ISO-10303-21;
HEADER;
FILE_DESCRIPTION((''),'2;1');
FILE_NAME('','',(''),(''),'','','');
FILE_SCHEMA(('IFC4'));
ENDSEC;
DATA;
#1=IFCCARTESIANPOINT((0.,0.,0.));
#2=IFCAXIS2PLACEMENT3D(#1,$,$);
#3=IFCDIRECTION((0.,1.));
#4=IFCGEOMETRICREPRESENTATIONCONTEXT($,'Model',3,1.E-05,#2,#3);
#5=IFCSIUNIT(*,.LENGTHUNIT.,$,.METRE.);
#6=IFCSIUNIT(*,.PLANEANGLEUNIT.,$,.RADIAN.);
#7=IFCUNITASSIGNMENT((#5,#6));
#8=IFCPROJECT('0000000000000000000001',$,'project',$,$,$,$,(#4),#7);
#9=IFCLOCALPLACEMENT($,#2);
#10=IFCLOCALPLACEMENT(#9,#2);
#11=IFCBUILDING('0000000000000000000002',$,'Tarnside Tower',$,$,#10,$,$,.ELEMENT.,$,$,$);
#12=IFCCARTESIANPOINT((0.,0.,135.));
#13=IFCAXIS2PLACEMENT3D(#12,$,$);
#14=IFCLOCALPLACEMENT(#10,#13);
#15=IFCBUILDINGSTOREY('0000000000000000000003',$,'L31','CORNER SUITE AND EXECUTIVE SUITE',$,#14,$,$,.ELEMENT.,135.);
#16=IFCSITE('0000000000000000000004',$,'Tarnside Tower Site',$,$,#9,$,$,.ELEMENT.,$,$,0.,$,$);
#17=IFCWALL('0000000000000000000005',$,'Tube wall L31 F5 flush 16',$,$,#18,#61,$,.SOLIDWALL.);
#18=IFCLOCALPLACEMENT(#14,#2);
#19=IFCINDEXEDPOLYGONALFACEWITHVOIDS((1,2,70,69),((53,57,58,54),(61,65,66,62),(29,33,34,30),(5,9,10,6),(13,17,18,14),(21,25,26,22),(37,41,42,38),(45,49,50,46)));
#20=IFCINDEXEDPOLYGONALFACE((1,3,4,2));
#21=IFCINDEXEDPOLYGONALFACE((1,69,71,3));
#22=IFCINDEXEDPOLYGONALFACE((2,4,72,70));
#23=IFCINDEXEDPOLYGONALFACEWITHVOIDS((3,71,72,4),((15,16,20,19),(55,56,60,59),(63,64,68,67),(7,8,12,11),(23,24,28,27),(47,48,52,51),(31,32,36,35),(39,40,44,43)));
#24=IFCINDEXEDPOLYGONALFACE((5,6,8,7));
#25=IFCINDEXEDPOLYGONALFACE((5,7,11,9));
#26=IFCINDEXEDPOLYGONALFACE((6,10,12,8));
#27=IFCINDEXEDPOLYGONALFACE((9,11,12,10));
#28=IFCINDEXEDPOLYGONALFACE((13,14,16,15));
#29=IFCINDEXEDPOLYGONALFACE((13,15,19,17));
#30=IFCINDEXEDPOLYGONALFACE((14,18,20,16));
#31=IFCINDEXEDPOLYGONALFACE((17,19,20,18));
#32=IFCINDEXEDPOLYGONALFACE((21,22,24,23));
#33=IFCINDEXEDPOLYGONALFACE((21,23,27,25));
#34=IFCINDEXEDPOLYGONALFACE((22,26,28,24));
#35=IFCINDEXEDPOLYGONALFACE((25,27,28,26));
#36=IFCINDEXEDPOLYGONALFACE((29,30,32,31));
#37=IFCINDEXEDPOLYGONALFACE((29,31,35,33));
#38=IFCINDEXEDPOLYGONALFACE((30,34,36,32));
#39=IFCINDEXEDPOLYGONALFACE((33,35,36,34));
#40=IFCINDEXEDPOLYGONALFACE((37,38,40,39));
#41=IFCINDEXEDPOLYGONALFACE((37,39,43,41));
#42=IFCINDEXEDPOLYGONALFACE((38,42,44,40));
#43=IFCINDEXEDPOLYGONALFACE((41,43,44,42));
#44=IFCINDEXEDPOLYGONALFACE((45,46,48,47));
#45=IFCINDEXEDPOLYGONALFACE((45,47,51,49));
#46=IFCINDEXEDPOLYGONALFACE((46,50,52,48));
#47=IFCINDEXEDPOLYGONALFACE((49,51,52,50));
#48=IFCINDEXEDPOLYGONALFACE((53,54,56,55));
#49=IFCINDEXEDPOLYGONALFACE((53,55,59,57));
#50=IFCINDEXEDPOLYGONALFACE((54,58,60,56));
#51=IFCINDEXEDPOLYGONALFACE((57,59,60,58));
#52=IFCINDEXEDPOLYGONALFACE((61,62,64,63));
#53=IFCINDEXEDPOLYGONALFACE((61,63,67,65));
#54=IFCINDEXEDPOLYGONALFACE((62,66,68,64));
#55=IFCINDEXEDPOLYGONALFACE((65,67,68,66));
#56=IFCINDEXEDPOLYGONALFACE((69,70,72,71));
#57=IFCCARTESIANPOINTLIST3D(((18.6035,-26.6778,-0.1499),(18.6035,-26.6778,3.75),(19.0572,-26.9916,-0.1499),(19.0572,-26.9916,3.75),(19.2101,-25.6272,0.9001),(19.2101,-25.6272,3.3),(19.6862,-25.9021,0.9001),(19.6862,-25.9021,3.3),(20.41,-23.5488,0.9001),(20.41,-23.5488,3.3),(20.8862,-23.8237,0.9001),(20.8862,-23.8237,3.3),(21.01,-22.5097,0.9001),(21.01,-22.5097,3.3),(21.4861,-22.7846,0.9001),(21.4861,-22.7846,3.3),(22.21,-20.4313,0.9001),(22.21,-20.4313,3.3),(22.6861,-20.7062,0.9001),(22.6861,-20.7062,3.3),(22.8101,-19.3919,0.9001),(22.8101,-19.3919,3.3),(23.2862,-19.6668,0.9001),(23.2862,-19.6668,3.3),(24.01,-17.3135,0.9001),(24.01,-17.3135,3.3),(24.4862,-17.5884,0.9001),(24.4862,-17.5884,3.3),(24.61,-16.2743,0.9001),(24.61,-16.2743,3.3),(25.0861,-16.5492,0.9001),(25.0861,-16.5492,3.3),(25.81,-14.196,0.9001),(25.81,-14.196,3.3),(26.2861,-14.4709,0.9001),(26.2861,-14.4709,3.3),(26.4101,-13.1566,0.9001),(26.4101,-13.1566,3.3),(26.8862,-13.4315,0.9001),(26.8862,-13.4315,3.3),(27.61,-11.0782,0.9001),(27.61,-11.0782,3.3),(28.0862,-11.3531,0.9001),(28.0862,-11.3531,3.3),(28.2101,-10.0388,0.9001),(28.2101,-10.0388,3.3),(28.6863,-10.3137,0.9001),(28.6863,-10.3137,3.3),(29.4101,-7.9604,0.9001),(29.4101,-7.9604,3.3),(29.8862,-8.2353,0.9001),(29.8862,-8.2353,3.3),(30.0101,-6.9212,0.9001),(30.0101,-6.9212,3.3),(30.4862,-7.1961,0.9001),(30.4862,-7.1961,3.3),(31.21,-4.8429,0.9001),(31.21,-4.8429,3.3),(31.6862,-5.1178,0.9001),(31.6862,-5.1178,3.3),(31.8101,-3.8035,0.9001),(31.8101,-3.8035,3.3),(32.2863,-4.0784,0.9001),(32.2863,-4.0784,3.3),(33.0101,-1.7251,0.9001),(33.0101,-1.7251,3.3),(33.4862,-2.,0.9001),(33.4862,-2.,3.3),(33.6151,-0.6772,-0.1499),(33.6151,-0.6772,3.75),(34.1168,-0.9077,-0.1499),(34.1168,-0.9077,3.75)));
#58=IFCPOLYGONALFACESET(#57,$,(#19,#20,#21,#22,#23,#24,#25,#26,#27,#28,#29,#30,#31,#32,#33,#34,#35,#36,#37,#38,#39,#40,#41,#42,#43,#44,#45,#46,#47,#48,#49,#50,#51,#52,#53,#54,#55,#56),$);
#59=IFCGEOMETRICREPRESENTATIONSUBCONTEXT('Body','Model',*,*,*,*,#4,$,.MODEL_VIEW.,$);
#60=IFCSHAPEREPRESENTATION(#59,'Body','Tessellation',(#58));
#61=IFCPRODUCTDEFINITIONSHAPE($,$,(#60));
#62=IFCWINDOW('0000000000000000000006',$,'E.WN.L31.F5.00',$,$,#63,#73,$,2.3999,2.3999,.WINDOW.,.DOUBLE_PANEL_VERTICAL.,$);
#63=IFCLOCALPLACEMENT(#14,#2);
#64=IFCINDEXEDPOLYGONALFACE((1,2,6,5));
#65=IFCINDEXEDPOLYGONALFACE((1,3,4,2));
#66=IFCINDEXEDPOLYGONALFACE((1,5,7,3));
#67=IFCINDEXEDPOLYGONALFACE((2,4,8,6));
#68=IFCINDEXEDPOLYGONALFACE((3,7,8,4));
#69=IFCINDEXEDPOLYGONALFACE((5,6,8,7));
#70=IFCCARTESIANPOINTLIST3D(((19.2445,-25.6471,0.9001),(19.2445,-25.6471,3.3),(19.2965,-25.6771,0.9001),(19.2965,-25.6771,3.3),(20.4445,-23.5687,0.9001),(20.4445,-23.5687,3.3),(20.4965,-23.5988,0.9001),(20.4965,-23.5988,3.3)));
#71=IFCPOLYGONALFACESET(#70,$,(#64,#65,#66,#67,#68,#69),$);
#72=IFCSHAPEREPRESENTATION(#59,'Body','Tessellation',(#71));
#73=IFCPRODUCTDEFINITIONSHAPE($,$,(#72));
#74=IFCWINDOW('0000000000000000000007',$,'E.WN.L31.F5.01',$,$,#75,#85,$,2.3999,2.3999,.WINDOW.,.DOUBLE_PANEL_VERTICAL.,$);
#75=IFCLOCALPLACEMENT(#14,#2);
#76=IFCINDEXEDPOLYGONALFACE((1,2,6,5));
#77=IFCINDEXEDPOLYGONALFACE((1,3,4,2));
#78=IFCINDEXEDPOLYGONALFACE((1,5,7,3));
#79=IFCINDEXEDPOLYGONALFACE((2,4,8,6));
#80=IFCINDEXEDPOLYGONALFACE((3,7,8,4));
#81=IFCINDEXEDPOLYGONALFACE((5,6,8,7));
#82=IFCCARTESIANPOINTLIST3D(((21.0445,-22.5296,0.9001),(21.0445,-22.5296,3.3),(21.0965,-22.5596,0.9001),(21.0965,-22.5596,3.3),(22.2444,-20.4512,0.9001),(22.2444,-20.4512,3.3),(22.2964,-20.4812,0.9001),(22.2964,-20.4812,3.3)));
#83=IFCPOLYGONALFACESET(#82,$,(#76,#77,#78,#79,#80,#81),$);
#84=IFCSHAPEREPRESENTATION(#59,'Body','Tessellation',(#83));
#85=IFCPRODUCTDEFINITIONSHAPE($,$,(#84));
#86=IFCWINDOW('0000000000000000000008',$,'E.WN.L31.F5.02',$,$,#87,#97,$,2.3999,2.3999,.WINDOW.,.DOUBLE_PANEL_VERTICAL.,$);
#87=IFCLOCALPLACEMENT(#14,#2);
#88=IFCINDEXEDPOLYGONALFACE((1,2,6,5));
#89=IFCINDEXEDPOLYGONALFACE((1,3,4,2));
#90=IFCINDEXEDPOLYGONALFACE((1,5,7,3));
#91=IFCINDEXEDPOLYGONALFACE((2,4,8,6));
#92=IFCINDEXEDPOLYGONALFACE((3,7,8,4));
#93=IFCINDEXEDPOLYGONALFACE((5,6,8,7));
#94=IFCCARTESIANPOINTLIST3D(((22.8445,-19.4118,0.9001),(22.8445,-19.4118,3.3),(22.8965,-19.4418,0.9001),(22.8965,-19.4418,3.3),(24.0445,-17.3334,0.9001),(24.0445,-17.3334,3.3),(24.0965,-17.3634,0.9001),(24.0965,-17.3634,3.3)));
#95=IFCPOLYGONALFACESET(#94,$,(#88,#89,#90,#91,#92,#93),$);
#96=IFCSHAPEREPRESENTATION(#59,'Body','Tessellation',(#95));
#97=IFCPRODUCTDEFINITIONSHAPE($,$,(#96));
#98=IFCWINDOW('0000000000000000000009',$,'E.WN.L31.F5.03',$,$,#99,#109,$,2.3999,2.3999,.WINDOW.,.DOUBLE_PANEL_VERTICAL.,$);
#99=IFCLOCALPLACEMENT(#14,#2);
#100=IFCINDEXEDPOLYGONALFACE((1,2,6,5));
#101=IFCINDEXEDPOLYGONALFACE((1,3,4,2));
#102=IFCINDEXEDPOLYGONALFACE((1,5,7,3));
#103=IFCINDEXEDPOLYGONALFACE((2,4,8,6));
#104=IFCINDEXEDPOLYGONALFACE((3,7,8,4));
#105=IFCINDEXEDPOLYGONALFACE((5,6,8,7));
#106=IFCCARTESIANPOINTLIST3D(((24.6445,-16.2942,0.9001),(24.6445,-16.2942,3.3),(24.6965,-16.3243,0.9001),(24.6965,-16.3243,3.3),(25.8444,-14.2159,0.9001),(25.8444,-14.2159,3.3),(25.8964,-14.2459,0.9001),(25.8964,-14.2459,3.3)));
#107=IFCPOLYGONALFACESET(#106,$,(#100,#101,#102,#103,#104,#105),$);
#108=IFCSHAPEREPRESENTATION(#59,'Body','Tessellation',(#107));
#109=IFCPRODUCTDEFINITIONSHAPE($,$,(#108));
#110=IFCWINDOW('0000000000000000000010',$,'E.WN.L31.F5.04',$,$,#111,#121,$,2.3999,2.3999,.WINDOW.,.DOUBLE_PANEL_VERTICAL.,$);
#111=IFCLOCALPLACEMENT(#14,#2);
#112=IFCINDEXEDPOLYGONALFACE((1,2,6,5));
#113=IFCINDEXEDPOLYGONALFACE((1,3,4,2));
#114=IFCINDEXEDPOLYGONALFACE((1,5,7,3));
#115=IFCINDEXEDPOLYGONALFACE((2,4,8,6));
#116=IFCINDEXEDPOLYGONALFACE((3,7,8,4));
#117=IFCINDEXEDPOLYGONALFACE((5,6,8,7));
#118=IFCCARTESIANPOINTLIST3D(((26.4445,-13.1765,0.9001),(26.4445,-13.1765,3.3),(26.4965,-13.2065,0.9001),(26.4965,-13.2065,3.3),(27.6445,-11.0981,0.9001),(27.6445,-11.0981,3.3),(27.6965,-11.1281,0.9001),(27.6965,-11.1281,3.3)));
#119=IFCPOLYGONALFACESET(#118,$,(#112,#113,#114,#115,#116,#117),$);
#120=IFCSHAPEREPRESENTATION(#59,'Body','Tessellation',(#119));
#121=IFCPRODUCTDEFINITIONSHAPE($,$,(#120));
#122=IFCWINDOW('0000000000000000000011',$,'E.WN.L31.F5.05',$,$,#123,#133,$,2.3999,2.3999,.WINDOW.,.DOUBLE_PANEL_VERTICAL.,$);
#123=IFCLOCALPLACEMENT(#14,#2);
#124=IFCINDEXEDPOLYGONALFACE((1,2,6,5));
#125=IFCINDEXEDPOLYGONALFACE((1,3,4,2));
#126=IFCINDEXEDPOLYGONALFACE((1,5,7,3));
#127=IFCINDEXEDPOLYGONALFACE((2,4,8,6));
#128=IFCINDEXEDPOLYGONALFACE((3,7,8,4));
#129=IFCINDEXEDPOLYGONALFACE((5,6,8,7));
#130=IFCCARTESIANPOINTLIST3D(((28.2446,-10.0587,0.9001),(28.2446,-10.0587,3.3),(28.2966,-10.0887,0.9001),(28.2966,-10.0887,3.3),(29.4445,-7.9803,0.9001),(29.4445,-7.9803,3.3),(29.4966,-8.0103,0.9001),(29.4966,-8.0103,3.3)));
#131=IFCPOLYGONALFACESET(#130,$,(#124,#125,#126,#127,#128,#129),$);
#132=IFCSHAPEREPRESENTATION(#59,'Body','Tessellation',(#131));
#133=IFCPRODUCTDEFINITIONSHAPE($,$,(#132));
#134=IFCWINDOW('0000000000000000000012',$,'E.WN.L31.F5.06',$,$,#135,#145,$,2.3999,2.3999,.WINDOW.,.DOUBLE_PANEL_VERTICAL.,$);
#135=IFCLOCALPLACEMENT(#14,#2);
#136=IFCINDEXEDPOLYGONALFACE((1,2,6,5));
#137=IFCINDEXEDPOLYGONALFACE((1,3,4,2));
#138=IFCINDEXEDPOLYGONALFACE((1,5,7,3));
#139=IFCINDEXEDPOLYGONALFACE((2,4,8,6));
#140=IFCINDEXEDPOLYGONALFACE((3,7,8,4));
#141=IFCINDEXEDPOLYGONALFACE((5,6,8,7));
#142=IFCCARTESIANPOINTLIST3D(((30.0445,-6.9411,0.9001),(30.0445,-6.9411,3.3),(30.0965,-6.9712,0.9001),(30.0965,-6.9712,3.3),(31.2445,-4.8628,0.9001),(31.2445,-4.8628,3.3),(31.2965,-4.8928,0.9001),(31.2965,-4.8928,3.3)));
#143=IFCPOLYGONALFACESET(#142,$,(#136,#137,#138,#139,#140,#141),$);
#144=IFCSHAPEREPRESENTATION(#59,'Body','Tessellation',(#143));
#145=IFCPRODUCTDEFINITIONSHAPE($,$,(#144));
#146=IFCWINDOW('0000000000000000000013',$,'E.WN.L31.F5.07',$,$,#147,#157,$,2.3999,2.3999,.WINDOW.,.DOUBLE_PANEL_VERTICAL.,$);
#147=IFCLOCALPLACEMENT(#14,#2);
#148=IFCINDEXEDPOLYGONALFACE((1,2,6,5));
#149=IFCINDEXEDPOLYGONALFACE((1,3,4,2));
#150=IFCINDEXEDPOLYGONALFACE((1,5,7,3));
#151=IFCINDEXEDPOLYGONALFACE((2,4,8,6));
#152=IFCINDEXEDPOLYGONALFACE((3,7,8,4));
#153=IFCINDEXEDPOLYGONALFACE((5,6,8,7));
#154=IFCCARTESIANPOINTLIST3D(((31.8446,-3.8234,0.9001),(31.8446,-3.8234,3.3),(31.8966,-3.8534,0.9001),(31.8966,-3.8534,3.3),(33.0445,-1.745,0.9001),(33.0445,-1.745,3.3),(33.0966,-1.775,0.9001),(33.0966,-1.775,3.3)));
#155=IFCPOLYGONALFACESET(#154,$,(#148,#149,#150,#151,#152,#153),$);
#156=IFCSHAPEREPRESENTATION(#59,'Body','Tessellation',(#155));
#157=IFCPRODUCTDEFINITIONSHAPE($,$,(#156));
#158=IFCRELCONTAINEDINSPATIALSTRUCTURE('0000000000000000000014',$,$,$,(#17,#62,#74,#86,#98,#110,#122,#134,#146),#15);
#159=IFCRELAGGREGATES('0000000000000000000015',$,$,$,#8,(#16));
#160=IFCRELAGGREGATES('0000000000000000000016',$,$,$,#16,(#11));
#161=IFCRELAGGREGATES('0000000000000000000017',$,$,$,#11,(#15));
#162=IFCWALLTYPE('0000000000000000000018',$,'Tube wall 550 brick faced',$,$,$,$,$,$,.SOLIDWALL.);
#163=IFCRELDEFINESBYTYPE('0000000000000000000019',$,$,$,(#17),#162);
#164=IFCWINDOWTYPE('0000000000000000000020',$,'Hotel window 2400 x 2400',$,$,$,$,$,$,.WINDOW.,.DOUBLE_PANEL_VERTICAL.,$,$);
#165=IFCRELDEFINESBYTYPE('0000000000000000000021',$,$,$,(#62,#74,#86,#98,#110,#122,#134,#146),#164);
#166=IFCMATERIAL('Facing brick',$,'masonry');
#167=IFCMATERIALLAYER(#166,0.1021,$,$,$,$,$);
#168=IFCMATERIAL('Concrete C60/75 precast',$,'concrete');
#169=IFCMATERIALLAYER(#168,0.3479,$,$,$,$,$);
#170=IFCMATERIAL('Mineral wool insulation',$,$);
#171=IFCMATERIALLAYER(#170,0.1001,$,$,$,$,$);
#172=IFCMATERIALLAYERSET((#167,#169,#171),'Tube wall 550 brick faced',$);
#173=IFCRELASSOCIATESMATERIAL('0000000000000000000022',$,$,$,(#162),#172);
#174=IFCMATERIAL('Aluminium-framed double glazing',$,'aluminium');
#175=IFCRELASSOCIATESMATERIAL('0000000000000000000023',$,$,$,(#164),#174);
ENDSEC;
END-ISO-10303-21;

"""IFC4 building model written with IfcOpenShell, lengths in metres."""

from ifc_helpers import new_model, si_unit, direction, frame, frame_2d, origin, place, context, subcontext, project, spatial, polyline, rectangle, outline, extrude, material, layer, layer_set, type_object, element, fill, save


model = new_model("IFC4")

# Units and contexts
model_context = context("Model", 3, precision=1e-05, world=origin(), true_north=direction((0.0, 1.0)))
body_context = subcontext(model_context, "Body", "Model", "MODEL_VIEW")
ifc_project = project(units=[si_unit("LENGTHUNIT", "METRE"), si_unit("PLANEANGLEUNIT", "RADIAN")], contexts=[model_context])

# Site, building, storey
site_placement = place(None, origin())
site = spatial("IfcSite", under=ifc_project, at=site_placement, Name="Tarnside Tower Site", CompositionType="ELEMENT", RefElevation=0.0)
building_placement = place(site_placement, origin())
building = spatial("IfcBuilding", under=site, at=building_placement, Name="Tarnside Tower", CompositionType="ELEMENT")
storey_placement = place(building_placement, frame((0.0, 0.0, 135.0)))
storey = spatial("IfcBuildingStorey", under=building, at=storey_placement, Name="L31", Description="CORNER SUITE AND EXECUTIVE SUITE", CompositionType="ELEMENT", Elevation=135.0)

# Shared definitions
ifc_material_1 = material(Name="Facing brick", Category="masonry")
ifc_layer_1 = layer(ifc_material_1, 0.1021)
ifc_material_2 = material(Name="Concrete C60/75 precast", Category="concrete")
ifc_layer_2 = layer(ifc_material_2, 0.3479)
ifc_material_3 = material(Name="Mineral wool insulation")
ifc_layer_3 = layer(ifc_material_3, 0.1001)
ifc_layer_set_1 = layer_set([ifc_layer_1, ifc_layer_2, ifc_layer_3], Name="Tube wall 550 brick faced")
wall_type = type_object("IfcWallType", Name="Tube wall 550 brick faced", PredefinedType="SOLIDWALL", material=ifc_layer_set_1)

# Wall, openings, windows
wall_1_placement = place(storey_placement, frame((18.8303, -26.8347, -0.1499), z_axis=(0.0, 0.0, 1.0), x_axis=(0.500004, 0.866023, 0.0)))
wall_1 = element("IfcWall", 1, at=wall_1_placement, inside=storey, type_object=wall_type, Name="Tube wall L31 F5 flush 16", PredefinedType="SOLIDWALL", context=body_context, shape_type="SweptSolid", body=[
    extrude(outline(polyline([(-0.0225, -0.2749), (30.0967, -0.2749), (30.0454, 0.2749), (0.0225, 0.2749), (-0.0225, -0.2749)])), origin(), (0.0, 0.0, 1.0), 3.8999),
])
opening_1_placement = place(wall_1_placement, frame((1.2356, 0.0, 1.05)))
opening_1 = element("IfcOpeningElement", 2, at=opening_1_placement, cuts=wall_1, PredefinedType="OPENING", context=body_context, shape_type="SweptSolid", body=[
    extrude(rectangle(XDim=2.3999, YDim=2.3999, at=frame_2d((1.2, 1.2))), frame((0.0, 0.2852, 0.0), z_axis=(0.0, -1.0, 0.0), x_axis=(1.0, 0.0, 0.0)), (0.0, 0.0, 1.0), 0.5701),
])
opening_2_placement = place(wall_1_placement, frame((4.8354, 0.0, 1.05)))
opening_2 = element("IfcOpeningElement", 3, at=opening_2_placement, cuts=wall_1, PredefinedType="OPENING", context=body_context, shape_type="SweptSolid", body=[
    extrude(rectangle(XDim=2.3999, YDim=2.3999, at=frame_2d((1.2, 1.2))), frame((0.0, 0.2852, 0.0), z_axis=(0.0, -1.0, 0.0), x_axis=(1.0, 0.0, 0.0)), (0.0, 0.0, 1.0), 0.5701),
])
opening_3_placement = place(wall_1_placement, frame((8.4355, 0.0, 1.05)))
opening_3 = element("IfcOpeningElement", 4, at=opening_3_placement, cuts=wall_1, PredefinedType="OPENING", context=body_context, shape_type="SweptSolid", body=[
    extrude(rectangle(XDim=2.3999, YDim=2.3999, at=frame_2d((1.2, 1.2))), frame((0.0, 0.2852, 0.0), z_axis=(0.0, -1.0, 0.0), x_axis=(1.0, 0.0, 0.0)), (0.0, 0.0, 1.0), 0.5701),
])
opening_4_placement = place(wall_1_placement, frame((12.0354, 0.0, 1.05)))
opening_4 = element("IfcOpeningElement", 5, at=opening_4_placement, cuts=wall_1, PredefinedType="OPENING", context=body_context, shape_type="SweptSolid", body=[
    extrude(rectangle(XDim=2.3999, YDim=2.3999, at=frame_2d((1.2, 1.2))), frame((0.0, 0.2852, 0.0), z_axis=(0.0, -1.0, 0.0), x_axis=(1.0, 0.0, 0.0)), (0.0, 0.0, 1.0), 0.5701),
])
opening_5_placement = place(wall_1_placement, frame((15.6355, 0.0, 1.05)))
opening_5 = element("IfcOpeningElement", 6, at=opening_5_placement, cuts=wall_1, PredefinedType="OPENING", context=body_context, shape_type="SweptSolid", body=[
    extrude(rectangle(XDim=2.3999, YDim=2.3999, at=frame_2d((1.2, 1.2))), frame((0.0, 0.2852, 0.0), z_axis=(0.0, -1.0, 0.0), x_axis=(1.0, 0.0, 0.0)), (0.0, 0.0, 1.0), 0.5701),
])
opening_6_placement = place(wall_1_placement, frame((19.2356, 0.0, 1.05)))
opening_6 = element("IfcOpeningElement", 7, at=opening_6_placement, cuts=wall_1, PredefinedType="OPENING", context=body_context, shape_type="SweptSolid", body=[
    extrude(rectangle(XDim=2.3999, YDim=2.3999, at=frame_2d((1.2, 1.2))), frame((0.0, 0.2852, 0.0), z_axis=(0.0, -1.0, 0.0), x_axis=(1.0, 0.0, 0.0)), (0.0, 0.0, 1.0), 0.5701),
])
opening_7_placement = place(wall_1_placement, frame((22.8354, 0.0, 1.05)))
opening_7 = element("IfcOpeningElement", 8, at=opening_7_placement, cuts=wall_1, PredefinedType="OPENING", context=body_context, shape_type="SweptSolid", body=[
    extrude(rectangle(XDim=2.3999, YDim=2.3999, at=frame_2d((1.2, 1.2))), frame((0.0, 0.2852, 0.0), z_axis=(0.0, -1.0, 0.0), x_axis=(1.0, 0.0, 0.0)), (0.0, 0.0, 1.0), 0.5701),
])
opening_8_placement = place(wall_1_placement, frame((26.4355, 0.0, 1.05)))
opening_8 = element("IfcOpeningElement", 9, at=opening_8_placement, cuts=wall_1, PredefinedType="OPENING", context=body_context, shape_type="SweptSolid", body=[
    extrude(rectangle(XDim=2.3999, YDim=2.3999, at=frame_2d((1.2, 1.2))), frame((0.0, 0.2852, 0.0), z_axis=(0.0, -1.0, 0.0), x_axis=(1.0, 0.0, 0.0)), (0.0, 0.0, 1.0), 0.5701),
])
ifc_material_4 = material(Name="Aluminium-framed double glazing", Category="aluminium")
window_type = type_object("IfcWindowType", Name="Hotel window 2400 x 2400", PartitioningType="DOUBLE_PANEL_VERTICAL", PredefinedType="WINDOW", material=ifc_material_4)
window_1_placement = place(opening_1_placement, frame((0.0, 0.2051, 0.0)))
window_1 = element("IfcWindow", 10, at=window_1_placement, inside=storey, type_object=window_type, Name="E.WN.L31.F5.00", OverallHeight=2.3999, OverallWidth=2.3999, PartitioningType="DOUBLE_PANEL_VERTICAL", PredefinedType="WINDOW", context=body_context, shape_type="SweptSolid", body=[
    extrude(rectangle(XDim=2.3999, YDim=2.3999, at=frame_2d((1.2, 1.2))), frame((0.0, 0.03, 0.0), z_axis=(0.0, -1.0, 0.0), x_axis=(1.0, 0.0, 0.0)), (0.0, 0.0, 1.0), 0.0601),
])
fill(opening_1, window_1)
window_2_placement = place(opening_2_placement, frame((0.0, 0.2051, 0.0)))
window_2 = element("IfcWindow", 11, at=window_2_placement, inside=storey, type_object=window_type, Name="E.WN.L31.F5.01", OverallHeight=2.3999, OverallWidth=2.3999, PartitioningType="DOUBLE_PANEL_VERTICAL", PredefinedType="WINDOW", context=body_context, shape_type="SweptSolid", body=[
    extrude(rectangle(XDim=2.3999, YDim=2.3999, at=frame_2d((1.2, 1.2))), frame((0.0, 0.03, 0.0), z_axis=(0.0, -1.0, 0.0), x_axis=(1.0, 0.0, 0.0)), (0.0, 0.0, 1.0), 0.0601),
])
fill(opening_2, window_2)
window_3_placement = place(opening_3_placement, frame((0.0, 0.2051, 0.0)))
window_3 = element("IfcWindow", 12, at=window_3_placement, inside=storey, type_object=window_type, Name="E.WN.L31.F5.02", OverallHeight=2.3999, OverallWidth=2.3999, PartitioningType="DOUBLE_PANEL_VERTICAL", PredefinedType="WINDOW", context=body_context, shape_type="SweptSolid", body=[
    extrude(rectangle(XDim=2.3999, YDim=2.3999, at=frame_2d((1.2, 1.2))), frame((0.0, 0.03, 0.0), z_axis=(0.0, -1.0, 0.0), x_axis=(1.0, 0.0, 0.0)), (0.0, 0.0, 1.0), 0.0601),
])
fill(opening_3, window_3)
window_4_placement = place(opening_4_placement, frame((0.0, 0.2051, 0.0)))
window_4 = element("IfcWindow", 13, at=window_4_placement, inside=storey, type_object=window_type, Name="E.WN.L31.F5.03", OverallHeight=2.3999, OverallWidth=2.3999, PartitioningType="DOUBLE_PANEL_VERTICAL", PredefinedType="WINDOW", context=body_context, shape_type="SweptSolid", body=[
    extrude(rectangle(XDim=2.3999, YDim=2.3999, at=frame_2d((1.2, 1.2))), frame((0.0, 0.03, 0.0), z_axis=(0.0, -1.0, 0.0), x_axis=(1.0, 0.0, 0.0)), (0.0, 0.0, 1.0), 0.0601),
])
fill(opening_4, window_4)
window_5_placement = place(opening_5_placement, frame((0.0, 0.2051, 0.0)))
window_5 = element("IfcWindow", 14, at=window_5_placement, inside=storey, type_object=window_type, Name="E.WN.L31.F5.04", OverallHeight=2.3999, OverallWidth=2.3999, PartitioningType="DOUBLE_PANEL_VERTICAL", PredefinedType="WINDOW", context=body_context, shape_type="SweptSolid", body=[
    extrude(rectangle(XDim=2.3999, YDim=2.3999, at=frame_2d((1.2, 1.2))), frame((0.0, 0.03, 0.0), z_axis=(0.0, -1.0, 0.0), x_axis=(1.0, 0.0, 0.0)), (0.0, 0.0, 1.0), 0.0601),
])
fill(opening_5, window_5)
window_6_placement = place(opening_6_placement, frame((0.0, 0.2051, 0.0)))
window_6 = element("IfcWindow", 15, at=window_6_placement, inside=storey, type_object=window_type, Name="E.WN.L31.F5.05", OverallHeight=2.3999, OverallWidth=2.3999, PartitioningType="DOUBLE_PANEL_VERTICAL", PredefinedType="WINDOW", context=body_context, shape_type="SweptSolid", body=[
    extrude(rectangle(XDim=2.3999, YDim=2.3999, at=frame_2d((1.2, 1.2))), frame((0.0, 0.03, 0.0), z_axis=(0.0, -1.0, 0.0), x_axis=(1.0, 0.0, 0.0)), (0.0, 0.0, 1.0), 0.0601),
])
fill(opening_6, window_6)
window_7_placement = place(opening_7_placement, frame((0.0, 0.2051, 0.0)))
window_7 = element("IfcWindow", 16, at=window_7_placement, inside=storey, type_object=window_type, Name="E.WN.L31.F5.06", OverallHeight=2.3999, OverallWidth=2.3999, PartitioningType="DOUBLE_PANEL_VERTICAL", PredefinedType="WINDOW", context=body_context, shape_type="SweptSolid", body=[
    extrude(rectangle(XDim=2.3999, YDim=2.3999, at=frame_2d((1.2, 1.2))), frame((0.0, 0.03, 0.0), z_axis=(0.0, -1.0, 0.0), x_axis=(1.0, 0.0, 0.0)), (0.0, 0.0, 1.0), 0.0601),
])
fill(opening_7, window_7)
window_8_placement = place(opening_8_placement, frame((0.0, 0.2051, 0.0)))
window_8 = element("IfcWindow", 17, at=window_8_placement, inside=storey, type_object=window_type, Name="E.WN.L31.F5.07", OverallHeight=2.3999, OverallWidth=2.3999, PartitioningType="DOUBLE_PANEL_VERTICAL", PredefinedType="WINDOW", context=body_context, shape_type="SweptSolid", body=[
    extrude(rectangle(XDim=2.3999, YDim=2.3999, at=frame_2d((1.2, 1.2))), frame((0.0, 0.03, 0.0), z_axis=(0.0, -1.0, 0.0), x_axis=(1.0, 0.0, 0.0)), (0.0, 0.0, 1.0), 0.0601),
])
fill(opening_8, window_8)

save(model, "model.ifc")
